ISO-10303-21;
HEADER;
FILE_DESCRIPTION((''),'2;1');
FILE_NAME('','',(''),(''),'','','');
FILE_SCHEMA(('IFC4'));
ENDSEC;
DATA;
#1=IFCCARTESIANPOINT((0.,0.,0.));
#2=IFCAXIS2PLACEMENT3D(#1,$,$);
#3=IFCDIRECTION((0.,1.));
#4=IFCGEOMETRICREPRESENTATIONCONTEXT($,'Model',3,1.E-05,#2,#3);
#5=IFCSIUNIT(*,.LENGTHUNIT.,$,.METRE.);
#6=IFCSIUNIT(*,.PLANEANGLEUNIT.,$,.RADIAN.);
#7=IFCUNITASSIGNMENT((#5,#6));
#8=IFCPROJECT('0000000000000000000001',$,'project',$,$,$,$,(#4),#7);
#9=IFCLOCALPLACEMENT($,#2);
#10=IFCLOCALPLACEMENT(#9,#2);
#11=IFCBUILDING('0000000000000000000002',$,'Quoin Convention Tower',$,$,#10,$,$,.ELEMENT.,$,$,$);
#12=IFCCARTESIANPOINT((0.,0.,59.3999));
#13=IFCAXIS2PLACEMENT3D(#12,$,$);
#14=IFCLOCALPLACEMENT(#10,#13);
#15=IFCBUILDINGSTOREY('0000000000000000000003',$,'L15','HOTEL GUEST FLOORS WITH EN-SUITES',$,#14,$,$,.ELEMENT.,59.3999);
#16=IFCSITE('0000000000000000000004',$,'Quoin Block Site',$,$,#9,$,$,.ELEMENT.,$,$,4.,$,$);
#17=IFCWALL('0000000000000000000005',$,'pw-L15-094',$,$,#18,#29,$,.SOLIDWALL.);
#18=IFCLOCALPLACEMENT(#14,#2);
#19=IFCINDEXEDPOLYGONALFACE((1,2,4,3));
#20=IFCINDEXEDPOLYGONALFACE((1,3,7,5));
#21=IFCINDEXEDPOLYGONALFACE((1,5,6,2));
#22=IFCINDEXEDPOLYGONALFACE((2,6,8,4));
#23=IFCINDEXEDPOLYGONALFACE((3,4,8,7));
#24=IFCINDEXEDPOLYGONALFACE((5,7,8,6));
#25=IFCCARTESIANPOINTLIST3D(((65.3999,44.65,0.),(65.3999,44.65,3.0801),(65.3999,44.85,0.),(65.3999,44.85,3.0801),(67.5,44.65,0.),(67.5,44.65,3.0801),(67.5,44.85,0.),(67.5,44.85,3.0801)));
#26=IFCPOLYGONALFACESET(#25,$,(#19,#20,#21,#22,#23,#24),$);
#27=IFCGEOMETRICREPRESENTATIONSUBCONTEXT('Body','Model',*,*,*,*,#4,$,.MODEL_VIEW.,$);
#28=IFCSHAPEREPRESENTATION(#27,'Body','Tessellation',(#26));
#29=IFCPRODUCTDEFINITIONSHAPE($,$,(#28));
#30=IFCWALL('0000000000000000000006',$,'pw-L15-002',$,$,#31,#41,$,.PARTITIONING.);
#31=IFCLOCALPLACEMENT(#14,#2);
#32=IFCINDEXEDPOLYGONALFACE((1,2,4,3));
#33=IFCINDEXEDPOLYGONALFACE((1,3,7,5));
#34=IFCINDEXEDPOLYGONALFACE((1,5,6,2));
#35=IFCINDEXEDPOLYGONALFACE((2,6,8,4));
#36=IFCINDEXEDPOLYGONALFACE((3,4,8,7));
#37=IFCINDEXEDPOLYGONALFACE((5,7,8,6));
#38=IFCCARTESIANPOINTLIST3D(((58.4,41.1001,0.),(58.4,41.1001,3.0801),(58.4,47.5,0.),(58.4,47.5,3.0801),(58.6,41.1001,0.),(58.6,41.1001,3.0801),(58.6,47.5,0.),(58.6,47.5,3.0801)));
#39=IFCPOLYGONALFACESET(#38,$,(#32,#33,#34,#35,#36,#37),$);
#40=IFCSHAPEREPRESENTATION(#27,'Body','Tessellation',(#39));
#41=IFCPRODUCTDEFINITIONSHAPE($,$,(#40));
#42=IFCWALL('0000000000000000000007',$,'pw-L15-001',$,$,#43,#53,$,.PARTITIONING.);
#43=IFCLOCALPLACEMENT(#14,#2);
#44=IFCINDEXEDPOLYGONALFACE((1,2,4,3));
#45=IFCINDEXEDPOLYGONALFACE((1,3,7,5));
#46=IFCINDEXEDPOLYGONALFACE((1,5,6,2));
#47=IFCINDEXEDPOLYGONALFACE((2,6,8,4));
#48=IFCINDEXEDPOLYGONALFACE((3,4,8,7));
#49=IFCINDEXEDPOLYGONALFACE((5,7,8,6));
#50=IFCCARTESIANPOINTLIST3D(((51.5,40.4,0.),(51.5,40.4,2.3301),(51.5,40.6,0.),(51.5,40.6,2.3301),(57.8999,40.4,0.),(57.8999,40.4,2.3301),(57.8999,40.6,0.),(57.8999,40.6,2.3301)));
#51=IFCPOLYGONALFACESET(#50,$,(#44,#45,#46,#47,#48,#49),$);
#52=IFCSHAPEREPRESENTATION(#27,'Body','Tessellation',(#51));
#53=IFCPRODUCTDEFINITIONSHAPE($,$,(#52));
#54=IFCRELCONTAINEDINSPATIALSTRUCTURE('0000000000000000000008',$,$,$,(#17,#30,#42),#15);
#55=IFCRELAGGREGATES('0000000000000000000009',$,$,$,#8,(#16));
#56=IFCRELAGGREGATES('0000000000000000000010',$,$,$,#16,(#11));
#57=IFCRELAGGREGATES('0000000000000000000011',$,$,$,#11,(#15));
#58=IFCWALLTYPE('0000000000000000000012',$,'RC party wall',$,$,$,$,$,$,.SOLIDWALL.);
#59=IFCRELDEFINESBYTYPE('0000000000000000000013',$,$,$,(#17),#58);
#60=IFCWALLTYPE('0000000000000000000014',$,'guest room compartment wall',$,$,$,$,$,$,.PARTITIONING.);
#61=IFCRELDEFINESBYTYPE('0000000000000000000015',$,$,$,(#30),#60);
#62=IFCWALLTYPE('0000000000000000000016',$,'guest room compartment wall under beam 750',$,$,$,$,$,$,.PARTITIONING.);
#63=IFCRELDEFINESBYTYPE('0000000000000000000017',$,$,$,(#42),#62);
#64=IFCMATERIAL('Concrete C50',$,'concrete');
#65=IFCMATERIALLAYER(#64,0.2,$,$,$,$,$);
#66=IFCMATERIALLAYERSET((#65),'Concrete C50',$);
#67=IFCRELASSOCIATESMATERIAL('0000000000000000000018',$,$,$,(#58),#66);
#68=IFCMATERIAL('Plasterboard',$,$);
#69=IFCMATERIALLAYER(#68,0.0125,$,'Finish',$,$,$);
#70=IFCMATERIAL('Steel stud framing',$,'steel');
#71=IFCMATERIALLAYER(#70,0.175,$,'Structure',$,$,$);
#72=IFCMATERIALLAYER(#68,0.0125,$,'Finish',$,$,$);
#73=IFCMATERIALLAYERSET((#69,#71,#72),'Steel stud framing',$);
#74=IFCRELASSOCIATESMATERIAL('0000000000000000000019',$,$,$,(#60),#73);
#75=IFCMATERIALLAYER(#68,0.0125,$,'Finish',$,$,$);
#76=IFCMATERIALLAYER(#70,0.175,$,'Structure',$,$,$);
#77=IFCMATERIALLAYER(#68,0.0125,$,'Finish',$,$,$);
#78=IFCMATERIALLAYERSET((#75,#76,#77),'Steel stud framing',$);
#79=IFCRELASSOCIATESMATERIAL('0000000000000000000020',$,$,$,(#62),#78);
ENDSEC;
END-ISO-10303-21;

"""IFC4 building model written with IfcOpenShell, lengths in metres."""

from ifc_helpers import new_model, si_unit, direction, frame, frame_2d, origin, place, context, subcontext, project, spatial, rectangle, extrude, material, layer, layer_set, type_object, element, save


model = new_model("IFC4")

# Units and contexts
model_context = context("Model", 3, precision=1e-05, world=origin(), true_north=direction((0.0, 1.0)))
body_context = subcontext(model_context, "Body", "Model", "MODEL_VIEW")
ifc_project = project(units=[si_unit("LENGTHUNIT", "METRE"), si_unit("PLANEANGLEUNIT", "RADIAN")], contexts=[model_context])

# Site, building, storey
site_placement = place(None, origin())
site = spatial("IfcSite", under=ifc_project, at=site_placement, Name="Quoin Block Site", CompositionType="ELEMENT", RefElevation=4.0)
building_placement = place(site_placement, origin())
building = spatial("IfcBuilding", under=site, at=building_placement, Name="Quoin Convention Tower", CompositionType="ELEMENT")
storey_placement = place(building_placement, frame((0.0, 0.0, 59.3999)))
storey = spatial("IfcBuildingStorey", under=building, at=storey_placement, Name="L15", Description="HOTEL GUEST FLOORS WITH EN-SUITES", CompositionType="ELEMENT", Elevation=59.3999)

# Shared definitions
ifc_material_1 = material(Name="Concrete C50", Category="concrete")
ifc_layer_1 = layer(ifc_material_1, 0.2)
ifc_layer_set_1 = layer_set([ifc_layer_1], Name="Concrete C50")
wall_type_1 = type_object("IfcWallType", Name="RC party wall", PredefinedType="SOLIDWALL", material=ifc_layer_set_1)

# Walls
wall_1_placement = place(storey_placement, frame((65.3999, 44.75, 0.0), z_axis=(0.0, 0.0, 1.0), x_axis=(1.0, 0.0, 0.0)))
element("IfcWall", 1, at=wall_1_placement, inside=storey, type_object=wall_type_1, Name="pw-L15-094", PredefinedType="SOLIDWALL", context=body_context, shape_type="SweptSolid", body=[
    extrude(rectangle(XDim=2.1001, YDim=0.2, at=frame_2d((1.05, 0.0))), origin(), (0.0, 0.0, 1.0), 3.0801),
])
ifc_material_2 = material(Name="Plasterboard")
ifc_layer_2 = layer(ifc_material_2, 0.0125, Name="Finish")
ifc_material_3 = material(Name="Steel stud framing", Category="steel")
ifc_layer_3 = layer(ifc_material_3, 0.175, Name="Structure")
ifc_layer_4 = layer(ifc_material_2, 0.0125, Name="Finish")
ifc_layer_set_2 = layer_set([ifc_layer_2, ifc_layer_3, ifc_layer_4], Name="Steel stud framing")
wall_type_2 = type_object("IfcWallType", Name="guest room compartment wall", PredefinedType="PARTITIONING", material=ifc_layer_set_2)
wall_2_placement = place(storey_placement, frame((58.5, 41.1001, 0.0), z_axis=(0.0, 0.0, 1.0), x_axis=(0.0, 1.0, 0.0)))
element("IfcWall", 2, at=wall_2_placement, inside=storey, type_object=wall_type_2, Name="pw-L15-002", PredefinedType="PARTITIONING", context=body_context, shape_type="SweptSolid", body=[
    extrude(rectangle(XDim=6.3999, YDim=0.2, at=frame_2d((3.2, 0.0))), origin(), (0.0, 0.0, 1.0), 3.0801),
])
ifc_layer_5 = layer(ifc_material_2, 0.0125, Name="Finish")
ifc_layer_6 = layer(ifc_material_3, 0.175, Name="Structure")
ifc_layer_7 = layer(ifc_material_2, 0.0125, Name="Finish")
ifc_layer_set_3 = layer_set([ifc_layer_5, ifc_layer_6, ifc_layer_7], Name="Steel stud framing")
wall_type_3 = type_object("IfcWallType", Name="guest room compartment wall under beam 750", PredefinedType="PARTITIONING", material=ifc_layer_set_3)
wall_3_placement = place(storey_placement, frame((51.5, 40.5, 0.0), z_axis=(0.0, 0.0, 1.0), x_axis=(1.0, 0.0, 0.0)))
element("IfcWall", 3, at=wall_3_placement, inside=storey, type_object=wall_type_3, Name="pw-L15-001", PredefinedType="PARTITIONING", context=body_context, shape_type="SweptSolid", body=[
    extrude(rectangle(XDim=6.3999, YDim=0.2, at=frame_2d((3.2, 0.0))), origin(), (0.0, 0.0, 1.0), 2.3301),
])

save(model, "model.ifc")
